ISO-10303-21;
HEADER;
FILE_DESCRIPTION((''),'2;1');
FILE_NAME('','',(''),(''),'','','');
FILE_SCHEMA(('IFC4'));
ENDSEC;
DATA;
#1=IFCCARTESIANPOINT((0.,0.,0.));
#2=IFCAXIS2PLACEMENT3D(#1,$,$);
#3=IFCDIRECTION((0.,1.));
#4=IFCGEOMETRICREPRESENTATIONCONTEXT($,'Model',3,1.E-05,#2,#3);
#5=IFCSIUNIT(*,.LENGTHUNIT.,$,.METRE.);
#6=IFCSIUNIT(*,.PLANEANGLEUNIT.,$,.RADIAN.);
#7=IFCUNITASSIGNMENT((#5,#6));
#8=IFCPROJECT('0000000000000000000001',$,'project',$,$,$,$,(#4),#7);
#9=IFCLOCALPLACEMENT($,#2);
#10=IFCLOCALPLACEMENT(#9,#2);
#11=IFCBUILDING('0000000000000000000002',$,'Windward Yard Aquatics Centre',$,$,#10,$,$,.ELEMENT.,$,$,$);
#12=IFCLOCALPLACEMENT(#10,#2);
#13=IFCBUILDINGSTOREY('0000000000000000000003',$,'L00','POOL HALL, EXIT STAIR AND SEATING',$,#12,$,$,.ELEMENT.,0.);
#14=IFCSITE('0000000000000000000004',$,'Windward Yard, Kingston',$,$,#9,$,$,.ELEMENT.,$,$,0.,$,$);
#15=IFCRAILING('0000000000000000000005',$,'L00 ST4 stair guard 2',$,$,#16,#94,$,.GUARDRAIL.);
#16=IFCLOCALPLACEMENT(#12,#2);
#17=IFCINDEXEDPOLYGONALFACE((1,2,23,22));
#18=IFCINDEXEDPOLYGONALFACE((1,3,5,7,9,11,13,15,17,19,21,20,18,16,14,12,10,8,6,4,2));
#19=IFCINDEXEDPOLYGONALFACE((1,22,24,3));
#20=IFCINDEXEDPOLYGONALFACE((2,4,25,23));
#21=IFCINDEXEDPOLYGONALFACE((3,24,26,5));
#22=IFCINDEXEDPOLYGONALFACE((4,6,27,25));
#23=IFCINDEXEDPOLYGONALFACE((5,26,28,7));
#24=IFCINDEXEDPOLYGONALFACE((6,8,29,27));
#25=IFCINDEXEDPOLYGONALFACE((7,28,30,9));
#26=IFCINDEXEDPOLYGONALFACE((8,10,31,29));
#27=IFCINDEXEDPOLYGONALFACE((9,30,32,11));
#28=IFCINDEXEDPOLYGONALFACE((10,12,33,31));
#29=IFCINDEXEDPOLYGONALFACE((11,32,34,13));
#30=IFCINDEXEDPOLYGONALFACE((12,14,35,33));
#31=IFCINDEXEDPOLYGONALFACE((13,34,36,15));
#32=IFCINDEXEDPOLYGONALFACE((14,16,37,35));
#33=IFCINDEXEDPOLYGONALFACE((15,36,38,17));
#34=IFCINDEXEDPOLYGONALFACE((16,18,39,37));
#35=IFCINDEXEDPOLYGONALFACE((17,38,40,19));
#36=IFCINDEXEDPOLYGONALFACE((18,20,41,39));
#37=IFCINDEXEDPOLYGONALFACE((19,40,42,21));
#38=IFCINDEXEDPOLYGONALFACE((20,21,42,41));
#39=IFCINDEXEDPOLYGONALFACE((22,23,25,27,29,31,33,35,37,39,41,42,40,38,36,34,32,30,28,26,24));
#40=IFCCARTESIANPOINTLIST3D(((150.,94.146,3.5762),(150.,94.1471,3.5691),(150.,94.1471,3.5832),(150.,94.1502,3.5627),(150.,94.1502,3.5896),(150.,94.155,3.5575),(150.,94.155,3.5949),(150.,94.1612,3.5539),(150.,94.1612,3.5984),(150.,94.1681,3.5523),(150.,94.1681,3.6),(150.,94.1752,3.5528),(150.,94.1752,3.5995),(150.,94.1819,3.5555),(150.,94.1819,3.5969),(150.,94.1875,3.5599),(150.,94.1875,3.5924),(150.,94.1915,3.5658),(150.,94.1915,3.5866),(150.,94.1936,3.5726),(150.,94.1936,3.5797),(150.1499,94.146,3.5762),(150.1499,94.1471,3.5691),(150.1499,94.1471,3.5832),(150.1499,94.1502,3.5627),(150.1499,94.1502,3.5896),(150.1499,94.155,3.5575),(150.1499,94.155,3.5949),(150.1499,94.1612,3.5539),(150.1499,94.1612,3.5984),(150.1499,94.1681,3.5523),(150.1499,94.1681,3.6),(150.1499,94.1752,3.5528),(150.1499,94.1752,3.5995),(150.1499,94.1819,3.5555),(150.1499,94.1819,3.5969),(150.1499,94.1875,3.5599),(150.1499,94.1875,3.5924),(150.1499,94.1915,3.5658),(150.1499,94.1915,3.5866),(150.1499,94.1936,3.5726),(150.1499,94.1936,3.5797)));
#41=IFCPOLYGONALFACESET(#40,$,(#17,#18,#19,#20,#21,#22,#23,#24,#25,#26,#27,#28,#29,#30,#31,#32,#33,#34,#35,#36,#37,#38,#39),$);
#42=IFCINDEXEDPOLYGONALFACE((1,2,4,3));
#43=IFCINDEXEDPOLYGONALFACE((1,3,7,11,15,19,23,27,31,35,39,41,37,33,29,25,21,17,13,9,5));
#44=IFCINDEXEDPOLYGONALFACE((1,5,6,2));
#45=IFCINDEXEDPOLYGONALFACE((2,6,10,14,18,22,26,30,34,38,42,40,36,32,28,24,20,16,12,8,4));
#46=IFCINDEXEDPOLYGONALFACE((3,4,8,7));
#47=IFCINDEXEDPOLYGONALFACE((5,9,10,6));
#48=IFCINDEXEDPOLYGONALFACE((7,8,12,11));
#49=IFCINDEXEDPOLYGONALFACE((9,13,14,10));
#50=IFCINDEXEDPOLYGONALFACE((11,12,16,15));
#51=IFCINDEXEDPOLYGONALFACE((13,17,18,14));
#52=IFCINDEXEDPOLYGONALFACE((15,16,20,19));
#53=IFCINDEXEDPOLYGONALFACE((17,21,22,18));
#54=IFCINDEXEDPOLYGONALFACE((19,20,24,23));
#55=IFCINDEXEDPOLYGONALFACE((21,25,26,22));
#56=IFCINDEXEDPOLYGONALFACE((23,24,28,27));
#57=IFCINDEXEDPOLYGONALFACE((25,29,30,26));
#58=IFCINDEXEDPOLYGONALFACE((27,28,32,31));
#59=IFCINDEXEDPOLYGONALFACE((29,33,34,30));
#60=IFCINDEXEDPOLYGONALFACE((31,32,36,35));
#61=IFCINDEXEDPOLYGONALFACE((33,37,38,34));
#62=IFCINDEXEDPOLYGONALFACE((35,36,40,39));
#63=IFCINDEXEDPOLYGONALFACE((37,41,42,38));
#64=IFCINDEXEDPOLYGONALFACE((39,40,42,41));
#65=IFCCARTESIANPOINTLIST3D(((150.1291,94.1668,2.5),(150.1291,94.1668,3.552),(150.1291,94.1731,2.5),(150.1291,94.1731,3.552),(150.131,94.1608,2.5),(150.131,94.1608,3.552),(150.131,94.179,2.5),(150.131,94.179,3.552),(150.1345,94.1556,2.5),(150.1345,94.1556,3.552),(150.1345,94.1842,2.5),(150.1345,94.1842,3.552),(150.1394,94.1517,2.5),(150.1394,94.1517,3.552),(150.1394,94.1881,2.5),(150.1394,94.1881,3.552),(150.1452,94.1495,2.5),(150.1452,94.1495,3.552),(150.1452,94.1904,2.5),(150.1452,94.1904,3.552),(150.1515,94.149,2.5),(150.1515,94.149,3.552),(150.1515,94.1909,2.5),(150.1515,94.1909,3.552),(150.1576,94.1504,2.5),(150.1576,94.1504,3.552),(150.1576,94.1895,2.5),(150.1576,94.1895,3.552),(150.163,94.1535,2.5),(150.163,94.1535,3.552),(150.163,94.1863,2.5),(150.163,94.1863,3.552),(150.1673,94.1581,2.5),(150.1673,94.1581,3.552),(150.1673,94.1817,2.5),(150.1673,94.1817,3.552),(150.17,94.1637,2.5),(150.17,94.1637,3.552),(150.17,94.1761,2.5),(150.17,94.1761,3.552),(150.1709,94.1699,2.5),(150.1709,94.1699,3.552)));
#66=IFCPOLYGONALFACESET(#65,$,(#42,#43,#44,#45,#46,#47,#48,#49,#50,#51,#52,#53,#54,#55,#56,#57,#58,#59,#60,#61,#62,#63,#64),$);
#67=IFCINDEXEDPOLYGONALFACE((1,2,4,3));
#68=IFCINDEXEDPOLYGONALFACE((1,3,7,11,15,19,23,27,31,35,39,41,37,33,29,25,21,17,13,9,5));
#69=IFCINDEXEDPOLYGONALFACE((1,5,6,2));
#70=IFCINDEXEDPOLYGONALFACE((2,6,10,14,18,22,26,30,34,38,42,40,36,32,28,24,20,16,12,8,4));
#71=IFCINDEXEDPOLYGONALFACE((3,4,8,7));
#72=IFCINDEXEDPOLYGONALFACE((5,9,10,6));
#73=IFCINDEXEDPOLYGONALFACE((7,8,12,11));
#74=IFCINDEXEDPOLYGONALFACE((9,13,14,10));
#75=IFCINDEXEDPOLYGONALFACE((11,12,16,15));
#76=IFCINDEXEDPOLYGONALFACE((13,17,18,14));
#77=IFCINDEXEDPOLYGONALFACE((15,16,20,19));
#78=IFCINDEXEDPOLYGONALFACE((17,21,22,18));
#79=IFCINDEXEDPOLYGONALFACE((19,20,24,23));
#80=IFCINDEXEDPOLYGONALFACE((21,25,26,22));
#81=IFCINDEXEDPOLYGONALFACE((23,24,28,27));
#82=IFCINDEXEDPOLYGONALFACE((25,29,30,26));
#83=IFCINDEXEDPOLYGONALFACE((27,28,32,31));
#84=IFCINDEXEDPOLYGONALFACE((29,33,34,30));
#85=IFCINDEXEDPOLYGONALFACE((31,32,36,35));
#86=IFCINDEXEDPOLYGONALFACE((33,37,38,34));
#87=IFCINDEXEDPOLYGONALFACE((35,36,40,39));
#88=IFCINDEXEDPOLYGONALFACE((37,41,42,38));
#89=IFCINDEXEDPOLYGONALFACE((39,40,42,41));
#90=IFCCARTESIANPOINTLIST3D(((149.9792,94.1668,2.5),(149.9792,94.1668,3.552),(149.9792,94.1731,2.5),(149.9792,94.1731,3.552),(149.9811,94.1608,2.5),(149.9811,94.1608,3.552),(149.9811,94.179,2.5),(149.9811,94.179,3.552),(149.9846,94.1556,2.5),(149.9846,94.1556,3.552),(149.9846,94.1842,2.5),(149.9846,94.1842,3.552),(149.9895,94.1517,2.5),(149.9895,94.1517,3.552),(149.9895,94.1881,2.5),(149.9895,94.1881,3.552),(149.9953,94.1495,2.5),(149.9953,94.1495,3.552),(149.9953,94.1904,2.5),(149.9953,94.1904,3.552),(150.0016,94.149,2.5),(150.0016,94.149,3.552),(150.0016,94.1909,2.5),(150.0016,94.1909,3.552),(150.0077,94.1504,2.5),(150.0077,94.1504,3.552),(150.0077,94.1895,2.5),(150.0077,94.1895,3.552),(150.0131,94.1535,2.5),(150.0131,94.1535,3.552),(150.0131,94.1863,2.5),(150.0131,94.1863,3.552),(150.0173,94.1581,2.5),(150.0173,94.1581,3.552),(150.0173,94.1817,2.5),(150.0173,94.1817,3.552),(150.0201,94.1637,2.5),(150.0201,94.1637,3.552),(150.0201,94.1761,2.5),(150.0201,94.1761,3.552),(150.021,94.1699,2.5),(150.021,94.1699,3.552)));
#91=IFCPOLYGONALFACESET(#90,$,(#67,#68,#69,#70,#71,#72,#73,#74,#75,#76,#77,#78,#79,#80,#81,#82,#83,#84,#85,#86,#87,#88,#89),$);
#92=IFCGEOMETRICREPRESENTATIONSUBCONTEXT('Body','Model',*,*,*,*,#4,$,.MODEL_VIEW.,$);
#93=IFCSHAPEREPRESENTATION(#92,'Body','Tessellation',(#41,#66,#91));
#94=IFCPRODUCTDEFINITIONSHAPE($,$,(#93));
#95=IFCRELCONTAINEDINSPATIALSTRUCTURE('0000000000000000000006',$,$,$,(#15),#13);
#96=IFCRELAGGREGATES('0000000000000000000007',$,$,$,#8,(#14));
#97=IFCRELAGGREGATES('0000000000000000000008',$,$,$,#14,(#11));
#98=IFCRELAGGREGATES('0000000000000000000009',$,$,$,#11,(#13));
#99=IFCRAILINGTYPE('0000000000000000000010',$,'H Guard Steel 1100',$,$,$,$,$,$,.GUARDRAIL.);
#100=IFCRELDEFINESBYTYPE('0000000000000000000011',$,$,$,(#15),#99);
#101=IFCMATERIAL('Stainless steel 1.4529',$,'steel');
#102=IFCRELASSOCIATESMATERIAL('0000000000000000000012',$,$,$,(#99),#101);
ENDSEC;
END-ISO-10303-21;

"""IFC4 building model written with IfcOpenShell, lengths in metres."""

from ifc_helpers import new_model, si_unit, direction, frame, origin, origin_2d, place, context, subcontext, project, spatial, circle, extrude, material, type_object, element, save


model = new_model("IFC4")

# Units and contexts
model_context = context("Model", 3, precision=1e-05, world=origin(), true_north=direction((0.0, 1.0)))
body_context = subcontext(model_context, "Body", "Model", "MODEL_VIEW")
ifc_project = project(units=[si_unit("LENGTHUNIT", "METRE"), si_unit("PLANEANGLEUNIT", "RADIAN")], contexts=[model_context])

# Site, building, storey
site_placement = place(None, origin())
site = spatial("IfcSite", under=ifc_project, at=site_placement, Name="Windward Yard, Kingston", CompositionType="ELEMENT", RefElevation=0.0)
building_placement = place(site_placement, origin())
building = spatial("IfcBuilding", under=site, at=building_placement, Name="Windward Yard Aquatics Centre", CompositionType="ELEMENT")
storey_placement = place(building_placement, origin())
storey = spatial("IfcBuildingStorey", under=building, at=storey_placement, Name="L00", Description="POOL HALL, EXIT STAIR AND SEATING", CompositionType="ELEMENT", Elevation=0.0)

# Railing
ifc_material_1 = material(Name="Stainless steel 1.4529", Category="steel")
railing_type_1 = type_object("IfcRailingType", Name="H Guard Steel 1100", PredefinedType="GUARDRAIL", material=ifc_material_1)
railing_1_placement = place(storey_placement, frame((150.1499, 94.1699, 2.5)))
element("IfcRailing", 1, at=railing_1_placement, inside=storey, type_object=railing_type_1, Name="L00 ST4 stair guard 2", PredefinedType="GUARDRAIL", context=body_context, shape_type="SweptSolid", body=[
    extrude(circle(Radius=0.0239, at=origin_2d()), frame((0.0, 0.0, 1.0762), z_axis=(-1.0, 0.0, 0.0), x_axis=(0.0, -1.0, 0.0)), (0.0, 0.0, 1.0), 0.1499),
    extrude(circle(Radius=0.021, at=origin_2d()), origin(), (0.0, 0.0, 1.0), 1.052),
    extrude(circle(Radius=0.021, at=origin_2d()), frame((-0.1499, 0.0, 0.0)), (0.0, 0.0, 1.0), 1.052),
])

save(model, "model.ifc")
